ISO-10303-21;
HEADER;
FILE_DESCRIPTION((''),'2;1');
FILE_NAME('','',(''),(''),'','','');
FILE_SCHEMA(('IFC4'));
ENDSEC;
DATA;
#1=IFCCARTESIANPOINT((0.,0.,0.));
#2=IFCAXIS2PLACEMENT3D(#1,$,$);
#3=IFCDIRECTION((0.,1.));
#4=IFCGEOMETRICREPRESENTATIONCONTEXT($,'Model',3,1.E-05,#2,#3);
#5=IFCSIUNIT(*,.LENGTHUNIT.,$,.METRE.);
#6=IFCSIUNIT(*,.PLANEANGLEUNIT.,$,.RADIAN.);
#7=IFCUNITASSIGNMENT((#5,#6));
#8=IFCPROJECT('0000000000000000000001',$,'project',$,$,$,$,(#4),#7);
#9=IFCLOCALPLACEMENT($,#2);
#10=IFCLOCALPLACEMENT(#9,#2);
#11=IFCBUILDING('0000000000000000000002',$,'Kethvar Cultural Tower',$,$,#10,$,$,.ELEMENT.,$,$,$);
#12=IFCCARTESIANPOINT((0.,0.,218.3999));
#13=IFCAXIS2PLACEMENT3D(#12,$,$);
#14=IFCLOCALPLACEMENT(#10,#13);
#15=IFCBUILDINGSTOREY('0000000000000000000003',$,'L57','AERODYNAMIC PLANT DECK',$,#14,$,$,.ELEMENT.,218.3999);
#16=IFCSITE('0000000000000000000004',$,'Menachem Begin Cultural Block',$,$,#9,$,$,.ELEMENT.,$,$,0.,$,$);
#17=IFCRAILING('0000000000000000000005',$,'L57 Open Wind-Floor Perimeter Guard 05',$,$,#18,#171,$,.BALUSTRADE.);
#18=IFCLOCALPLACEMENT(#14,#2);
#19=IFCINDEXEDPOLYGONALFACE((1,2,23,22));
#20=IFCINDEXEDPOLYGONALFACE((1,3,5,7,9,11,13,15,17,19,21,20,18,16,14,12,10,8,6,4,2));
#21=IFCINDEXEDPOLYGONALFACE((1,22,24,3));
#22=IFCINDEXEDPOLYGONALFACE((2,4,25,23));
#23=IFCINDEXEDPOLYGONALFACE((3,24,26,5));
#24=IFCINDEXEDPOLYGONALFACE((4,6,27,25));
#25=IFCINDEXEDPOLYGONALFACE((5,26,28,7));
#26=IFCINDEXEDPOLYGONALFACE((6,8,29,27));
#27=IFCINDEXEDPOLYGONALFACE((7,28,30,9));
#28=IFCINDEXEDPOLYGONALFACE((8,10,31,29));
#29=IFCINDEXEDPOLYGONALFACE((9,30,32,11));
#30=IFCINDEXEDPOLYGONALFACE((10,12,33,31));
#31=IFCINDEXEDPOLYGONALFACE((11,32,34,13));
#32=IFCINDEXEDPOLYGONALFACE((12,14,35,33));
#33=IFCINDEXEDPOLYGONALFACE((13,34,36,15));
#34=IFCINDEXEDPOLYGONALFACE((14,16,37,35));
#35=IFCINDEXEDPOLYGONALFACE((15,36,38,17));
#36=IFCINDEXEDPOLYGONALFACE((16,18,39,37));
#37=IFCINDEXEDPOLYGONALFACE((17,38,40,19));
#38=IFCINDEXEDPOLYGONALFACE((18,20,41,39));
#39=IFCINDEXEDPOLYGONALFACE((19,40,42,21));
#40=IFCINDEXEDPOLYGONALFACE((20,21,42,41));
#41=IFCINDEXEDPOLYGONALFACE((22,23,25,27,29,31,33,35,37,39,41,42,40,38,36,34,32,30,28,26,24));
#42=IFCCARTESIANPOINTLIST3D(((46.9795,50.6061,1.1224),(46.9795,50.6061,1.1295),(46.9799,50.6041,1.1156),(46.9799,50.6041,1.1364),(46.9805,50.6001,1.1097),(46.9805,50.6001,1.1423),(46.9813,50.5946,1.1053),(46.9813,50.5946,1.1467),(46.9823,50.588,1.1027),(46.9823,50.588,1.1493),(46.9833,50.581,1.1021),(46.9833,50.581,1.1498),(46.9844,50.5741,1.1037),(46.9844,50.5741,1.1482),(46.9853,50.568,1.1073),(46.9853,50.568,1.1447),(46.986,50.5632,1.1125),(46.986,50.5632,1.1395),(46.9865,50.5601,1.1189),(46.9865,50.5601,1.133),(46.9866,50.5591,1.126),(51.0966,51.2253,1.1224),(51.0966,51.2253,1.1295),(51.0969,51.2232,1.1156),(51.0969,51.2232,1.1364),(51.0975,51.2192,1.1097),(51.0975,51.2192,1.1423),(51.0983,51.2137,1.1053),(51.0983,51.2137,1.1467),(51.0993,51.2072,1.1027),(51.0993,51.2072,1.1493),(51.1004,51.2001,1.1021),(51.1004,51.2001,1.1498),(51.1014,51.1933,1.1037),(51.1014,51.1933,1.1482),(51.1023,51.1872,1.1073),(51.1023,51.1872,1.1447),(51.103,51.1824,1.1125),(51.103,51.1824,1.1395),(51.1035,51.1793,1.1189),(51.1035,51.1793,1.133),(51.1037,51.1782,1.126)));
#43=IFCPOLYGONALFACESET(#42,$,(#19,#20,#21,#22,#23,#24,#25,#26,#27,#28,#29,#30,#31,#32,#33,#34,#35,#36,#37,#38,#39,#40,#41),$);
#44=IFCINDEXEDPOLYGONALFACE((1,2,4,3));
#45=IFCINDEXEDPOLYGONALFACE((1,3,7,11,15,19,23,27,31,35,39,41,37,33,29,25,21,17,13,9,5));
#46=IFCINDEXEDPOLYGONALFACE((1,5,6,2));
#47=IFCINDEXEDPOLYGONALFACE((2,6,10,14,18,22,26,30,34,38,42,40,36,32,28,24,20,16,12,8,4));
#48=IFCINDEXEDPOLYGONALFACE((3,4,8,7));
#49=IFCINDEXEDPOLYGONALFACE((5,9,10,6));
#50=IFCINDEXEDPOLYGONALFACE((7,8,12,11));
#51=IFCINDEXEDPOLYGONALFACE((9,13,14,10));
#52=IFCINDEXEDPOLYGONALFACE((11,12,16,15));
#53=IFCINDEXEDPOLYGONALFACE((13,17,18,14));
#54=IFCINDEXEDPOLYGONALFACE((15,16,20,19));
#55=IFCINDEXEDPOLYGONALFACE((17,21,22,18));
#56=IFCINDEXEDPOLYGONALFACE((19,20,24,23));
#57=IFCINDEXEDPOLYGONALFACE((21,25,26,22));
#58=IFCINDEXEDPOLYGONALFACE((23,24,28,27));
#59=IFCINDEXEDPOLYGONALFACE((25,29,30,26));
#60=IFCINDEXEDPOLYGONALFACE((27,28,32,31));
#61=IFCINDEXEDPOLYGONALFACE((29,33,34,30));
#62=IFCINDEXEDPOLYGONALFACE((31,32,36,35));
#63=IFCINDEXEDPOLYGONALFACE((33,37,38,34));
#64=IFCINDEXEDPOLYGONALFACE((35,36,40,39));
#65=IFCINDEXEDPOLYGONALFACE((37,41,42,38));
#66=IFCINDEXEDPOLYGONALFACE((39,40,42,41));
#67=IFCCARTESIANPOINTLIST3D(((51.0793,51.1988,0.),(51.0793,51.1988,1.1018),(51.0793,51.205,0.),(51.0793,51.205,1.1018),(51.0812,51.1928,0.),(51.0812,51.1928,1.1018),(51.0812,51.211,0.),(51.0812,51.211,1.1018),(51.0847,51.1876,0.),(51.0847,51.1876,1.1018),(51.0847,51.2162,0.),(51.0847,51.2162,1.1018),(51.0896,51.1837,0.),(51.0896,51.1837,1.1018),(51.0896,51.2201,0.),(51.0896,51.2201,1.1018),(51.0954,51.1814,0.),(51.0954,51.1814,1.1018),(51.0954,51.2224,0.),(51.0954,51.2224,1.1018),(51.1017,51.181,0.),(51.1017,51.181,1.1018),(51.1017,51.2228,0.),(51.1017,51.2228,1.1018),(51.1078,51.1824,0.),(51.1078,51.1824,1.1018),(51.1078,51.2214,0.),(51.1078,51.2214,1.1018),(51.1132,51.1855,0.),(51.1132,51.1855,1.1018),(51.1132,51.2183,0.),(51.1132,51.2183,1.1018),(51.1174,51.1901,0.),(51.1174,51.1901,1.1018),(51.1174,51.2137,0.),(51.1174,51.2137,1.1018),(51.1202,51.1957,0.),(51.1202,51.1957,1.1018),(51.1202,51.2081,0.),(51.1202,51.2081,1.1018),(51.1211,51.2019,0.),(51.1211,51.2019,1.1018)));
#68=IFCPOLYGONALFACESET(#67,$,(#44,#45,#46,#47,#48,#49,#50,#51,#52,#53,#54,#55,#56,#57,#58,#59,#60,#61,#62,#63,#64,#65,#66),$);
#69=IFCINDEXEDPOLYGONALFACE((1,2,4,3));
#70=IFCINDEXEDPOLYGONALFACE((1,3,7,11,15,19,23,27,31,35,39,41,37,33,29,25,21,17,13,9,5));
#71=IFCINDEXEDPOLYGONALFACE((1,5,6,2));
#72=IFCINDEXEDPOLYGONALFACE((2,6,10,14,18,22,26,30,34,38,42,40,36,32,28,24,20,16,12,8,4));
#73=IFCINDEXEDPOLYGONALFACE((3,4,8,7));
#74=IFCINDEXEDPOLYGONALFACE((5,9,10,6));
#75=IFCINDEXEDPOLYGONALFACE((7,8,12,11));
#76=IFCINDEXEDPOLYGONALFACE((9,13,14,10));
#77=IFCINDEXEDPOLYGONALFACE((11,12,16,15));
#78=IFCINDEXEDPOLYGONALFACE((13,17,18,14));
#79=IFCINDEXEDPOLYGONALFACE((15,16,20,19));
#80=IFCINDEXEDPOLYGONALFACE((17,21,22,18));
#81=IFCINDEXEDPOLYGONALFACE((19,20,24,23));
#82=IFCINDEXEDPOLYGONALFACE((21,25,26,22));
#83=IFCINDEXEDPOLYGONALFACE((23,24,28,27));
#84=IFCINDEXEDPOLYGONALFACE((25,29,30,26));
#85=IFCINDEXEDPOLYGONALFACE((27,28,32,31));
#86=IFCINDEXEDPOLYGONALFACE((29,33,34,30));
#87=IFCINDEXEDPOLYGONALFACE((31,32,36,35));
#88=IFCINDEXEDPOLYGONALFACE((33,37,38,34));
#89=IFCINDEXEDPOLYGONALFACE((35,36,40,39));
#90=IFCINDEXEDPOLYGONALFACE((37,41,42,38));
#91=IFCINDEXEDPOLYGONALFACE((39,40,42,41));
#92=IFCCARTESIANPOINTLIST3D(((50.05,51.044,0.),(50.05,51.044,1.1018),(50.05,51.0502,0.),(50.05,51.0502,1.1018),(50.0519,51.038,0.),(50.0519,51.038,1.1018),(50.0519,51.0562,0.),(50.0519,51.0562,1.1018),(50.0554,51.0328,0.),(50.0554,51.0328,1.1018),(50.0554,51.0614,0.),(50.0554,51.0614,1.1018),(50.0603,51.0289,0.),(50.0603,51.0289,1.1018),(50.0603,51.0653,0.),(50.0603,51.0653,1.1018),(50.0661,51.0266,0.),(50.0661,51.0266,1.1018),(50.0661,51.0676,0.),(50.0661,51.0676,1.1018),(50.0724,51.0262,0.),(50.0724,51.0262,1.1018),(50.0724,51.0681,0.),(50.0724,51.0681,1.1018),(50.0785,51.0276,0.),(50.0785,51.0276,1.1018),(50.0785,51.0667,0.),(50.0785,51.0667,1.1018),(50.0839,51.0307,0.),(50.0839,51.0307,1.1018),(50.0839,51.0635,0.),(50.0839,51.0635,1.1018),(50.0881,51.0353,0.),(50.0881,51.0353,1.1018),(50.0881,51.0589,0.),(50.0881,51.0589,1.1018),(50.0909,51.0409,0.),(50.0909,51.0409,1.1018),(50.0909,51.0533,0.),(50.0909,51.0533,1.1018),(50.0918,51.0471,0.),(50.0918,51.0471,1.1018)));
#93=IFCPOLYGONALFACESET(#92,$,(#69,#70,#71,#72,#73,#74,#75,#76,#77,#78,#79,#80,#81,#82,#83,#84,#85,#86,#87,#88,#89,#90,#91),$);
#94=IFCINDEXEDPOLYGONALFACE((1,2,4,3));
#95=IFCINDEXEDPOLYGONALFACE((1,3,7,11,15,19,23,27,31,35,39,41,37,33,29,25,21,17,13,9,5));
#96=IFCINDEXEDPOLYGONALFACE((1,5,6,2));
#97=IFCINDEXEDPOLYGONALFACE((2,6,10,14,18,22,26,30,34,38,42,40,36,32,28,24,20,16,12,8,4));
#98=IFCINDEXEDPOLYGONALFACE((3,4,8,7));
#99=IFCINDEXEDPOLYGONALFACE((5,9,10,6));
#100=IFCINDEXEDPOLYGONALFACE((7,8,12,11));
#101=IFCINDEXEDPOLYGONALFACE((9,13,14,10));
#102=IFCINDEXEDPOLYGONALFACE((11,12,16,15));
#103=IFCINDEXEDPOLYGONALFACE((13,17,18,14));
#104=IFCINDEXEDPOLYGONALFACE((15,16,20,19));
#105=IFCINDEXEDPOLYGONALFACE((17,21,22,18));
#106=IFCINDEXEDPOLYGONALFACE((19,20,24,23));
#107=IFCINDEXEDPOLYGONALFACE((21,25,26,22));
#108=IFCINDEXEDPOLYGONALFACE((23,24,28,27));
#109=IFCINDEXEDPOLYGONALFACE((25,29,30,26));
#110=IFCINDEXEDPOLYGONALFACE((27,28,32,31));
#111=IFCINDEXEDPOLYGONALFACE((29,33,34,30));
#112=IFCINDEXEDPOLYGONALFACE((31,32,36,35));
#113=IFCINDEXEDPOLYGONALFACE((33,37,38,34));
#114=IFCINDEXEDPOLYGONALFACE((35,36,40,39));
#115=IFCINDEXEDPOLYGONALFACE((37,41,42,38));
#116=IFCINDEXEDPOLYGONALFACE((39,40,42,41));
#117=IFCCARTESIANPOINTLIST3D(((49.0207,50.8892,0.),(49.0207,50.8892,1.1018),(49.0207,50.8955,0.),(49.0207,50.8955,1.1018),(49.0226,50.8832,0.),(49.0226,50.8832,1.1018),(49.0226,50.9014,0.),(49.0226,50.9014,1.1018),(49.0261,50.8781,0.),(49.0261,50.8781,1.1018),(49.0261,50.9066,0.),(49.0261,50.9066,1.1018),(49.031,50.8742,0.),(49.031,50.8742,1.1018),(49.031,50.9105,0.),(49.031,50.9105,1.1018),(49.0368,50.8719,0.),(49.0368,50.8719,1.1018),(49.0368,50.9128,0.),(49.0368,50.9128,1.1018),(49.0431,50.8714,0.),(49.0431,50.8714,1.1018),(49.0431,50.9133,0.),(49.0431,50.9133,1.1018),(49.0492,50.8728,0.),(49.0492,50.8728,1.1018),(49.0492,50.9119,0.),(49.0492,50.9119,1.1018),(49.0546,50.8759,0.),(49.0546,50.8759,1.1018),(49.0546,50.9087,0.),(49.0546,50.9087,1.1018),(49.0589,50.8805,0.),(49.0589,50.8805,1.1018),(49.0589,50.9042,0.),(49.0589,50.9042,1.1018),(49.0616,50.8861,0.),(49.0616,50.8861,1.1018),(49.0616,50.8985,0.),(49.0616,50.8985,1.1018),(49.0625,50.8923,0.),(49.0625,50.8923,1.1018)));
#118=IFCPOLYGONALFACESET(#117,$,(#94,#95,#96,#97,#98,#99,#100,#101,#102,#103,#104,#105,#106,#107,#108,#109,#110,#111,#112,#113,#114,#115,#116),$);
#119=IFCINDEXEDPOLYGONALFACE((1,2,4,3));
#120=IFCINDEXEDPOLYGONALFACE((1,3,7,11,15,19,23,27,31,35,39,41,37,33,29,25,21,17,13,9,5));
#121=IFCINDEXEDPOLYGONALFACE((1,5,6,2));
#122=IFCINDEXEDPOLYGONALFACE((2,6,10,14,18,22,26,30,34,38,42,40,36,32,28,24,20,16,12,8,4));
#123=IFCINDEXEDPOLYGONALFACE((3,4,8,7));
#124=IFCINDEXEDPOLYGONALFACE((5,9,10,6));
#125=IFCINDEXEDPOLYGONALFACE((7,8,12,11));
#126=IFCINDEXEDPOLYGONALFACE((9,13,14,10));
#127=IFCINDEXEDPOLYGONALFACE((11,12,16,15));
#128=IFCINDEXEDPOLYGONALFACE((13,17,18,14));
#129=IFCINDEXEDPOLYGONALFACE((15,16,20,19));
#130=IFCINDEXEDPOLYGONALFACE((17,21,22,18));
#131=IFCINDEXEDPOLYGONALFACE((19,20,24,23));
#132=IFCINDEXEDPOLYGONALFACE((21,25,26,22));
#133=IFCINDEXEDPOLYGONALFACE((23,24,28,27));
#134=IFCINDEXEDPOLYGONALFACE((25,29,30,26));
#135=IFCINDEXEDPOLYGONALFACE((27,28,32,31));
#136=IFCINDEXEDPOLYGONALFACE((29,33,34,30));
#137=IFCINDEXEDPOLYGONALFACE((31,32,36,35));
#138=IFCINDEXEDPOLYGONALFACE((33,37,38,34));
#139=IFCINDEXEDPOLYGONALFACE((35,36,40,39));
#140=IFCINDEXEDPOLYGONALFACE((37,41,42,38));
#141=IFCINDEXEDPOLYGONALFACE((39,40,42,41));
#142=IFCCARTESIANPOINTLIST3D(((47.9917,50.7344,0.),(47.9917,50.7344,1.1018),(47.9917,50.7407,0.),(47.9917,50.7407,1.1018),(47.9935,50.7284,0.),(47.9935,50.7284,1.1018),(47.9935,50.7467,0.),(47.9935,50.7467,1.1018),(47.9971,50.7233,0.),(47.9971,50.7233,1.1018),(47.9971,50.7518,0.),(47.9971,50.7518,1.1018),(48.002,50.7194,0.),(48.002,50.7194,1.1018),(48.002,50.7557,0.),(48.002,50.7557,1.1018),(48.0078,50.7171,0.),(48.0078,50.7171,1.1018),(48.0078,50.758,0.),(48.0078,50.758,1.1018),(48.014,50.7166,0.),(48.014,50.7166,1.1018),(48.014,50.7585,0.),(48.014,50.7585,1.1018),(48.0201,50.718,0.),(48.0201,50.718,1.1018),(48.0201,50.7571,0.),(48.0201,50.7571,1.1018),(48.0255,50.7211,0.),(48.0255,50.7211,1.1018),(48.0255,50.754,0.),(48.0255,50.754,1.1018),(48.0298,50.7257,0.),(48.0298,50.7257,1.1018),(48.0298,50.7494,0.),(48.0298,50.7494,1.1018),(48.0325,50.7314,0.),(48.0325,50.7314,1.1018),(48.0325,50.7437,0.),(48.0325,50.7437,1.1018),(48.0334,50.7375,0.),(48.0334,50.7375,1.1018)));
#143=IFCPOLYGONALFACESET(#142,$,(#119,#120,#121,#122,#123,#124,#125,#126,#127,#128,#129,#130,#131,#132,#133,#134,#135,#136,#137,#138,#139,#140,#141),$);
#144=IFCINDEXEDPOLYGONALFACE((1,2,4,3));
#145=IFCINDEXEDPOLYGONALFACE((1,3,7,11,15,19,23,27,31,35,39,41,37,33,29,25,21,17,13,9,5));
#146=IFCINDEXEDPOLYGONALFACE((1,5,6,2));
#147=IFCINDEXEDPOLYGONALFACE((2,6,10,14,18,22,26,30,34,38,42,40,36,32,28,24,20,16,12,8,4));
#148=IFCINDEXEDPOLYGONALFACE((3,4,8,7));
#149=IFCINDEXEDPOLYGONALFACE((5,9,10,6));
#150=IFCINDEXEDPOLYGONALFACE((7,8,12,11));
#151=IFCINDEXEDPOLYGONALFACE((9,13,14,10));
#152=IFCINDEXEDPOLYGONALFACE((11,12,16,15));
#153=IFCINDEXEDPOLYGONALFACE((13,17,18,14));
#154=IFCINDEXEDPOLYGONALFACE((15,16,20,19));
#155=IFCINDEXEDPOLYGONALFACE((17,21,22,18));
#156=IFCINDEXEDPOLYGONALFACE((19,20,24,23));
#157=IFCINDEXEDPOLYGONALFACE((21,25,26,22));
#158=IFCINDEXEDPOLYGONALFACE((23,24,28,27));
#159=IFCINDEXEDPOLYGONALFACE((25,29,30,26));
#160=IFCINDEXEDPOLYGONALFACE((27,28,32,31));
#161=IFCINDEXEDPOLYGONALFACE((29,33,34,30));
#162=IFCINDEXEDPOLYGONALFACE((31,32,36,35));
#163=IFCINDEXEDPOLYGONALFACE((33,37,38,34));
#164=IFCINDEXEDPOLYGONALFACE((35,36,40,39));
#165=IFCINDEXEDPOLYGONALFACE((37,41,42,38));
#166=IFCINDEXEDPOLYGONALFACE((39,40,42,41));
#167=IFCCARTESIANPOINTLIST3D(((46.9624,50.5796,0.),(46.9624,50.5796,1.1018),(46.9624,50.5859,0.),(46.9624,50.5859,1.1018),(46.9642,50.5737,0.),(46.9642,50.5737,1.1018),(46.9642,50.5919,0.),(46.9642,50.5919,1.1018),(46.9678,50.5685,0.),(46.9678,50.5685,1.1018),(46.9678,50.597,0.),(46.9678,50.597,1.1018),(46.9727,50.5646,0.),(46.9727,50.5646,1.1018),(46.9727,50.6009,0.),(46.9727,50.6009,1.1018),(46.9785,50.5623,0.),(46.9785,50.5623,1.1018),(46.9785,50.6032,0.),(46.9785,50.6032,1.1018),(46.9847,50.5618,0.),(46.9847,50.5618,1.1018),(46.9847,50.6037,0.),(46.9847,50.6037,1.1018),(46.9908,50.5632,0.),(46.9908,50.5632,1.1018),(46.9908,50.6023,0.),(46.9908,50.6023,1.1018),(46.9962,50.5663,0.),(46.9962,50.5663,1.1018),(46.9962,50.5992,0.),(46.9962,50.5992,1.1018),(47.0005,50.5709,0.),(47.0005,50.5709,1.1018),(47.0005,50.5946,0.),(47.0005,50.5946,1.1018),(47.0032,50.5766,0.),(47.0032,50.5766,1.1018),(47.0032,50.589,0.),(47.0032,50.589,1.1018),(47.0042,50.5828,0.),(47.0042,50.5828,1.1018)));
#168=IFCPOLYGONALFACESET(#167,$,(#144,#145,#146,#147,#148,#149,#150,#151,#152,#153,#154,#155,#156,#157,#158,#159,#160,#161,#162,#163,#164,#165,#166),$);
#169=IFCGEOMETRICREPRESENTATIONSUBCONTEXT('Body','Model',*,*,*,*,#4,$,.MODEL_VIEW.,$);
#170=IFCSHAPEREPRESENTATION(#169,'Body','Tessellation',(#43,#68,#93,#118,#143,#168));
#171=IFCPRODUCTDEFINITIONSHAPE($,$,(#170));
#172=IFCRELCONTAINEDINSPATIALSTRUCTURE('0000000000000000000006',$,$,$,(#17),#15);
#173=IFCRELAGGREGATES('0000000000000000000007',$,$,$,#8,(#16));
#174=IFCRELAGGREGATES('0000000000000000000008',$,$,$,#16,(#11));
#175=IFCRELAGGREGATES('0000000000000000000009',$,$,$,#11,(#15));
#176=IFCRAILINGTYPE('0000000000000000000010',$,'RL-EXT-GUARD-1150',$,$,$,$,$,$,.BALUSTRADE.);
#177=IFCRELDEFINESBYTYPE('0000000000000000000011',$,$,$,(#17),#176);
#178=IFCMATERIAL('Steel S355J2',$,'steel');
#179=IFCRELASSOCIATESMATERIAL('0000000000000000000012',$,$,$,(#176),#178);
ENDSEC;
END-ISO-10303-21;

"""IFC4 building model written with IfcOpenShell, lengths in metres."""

from ifc_helpers import new_model, si_unit, direction, frame, origin, origin_2d, place, context, subcontext, project, spatial, circle, extrude, material, type_object, element, save


model = new_model("IFC4")

# Units and contexts
model_context = context("Model", 3, precision=1e-05, world=origin(), true_north=direction((0.0, 1.0)))
body_context = subcontext(model_context, "Body", "Model", "MODEL_VIEW")
ifc_project = project(units=[si_unit("LENGTHUNIT", "METRE"), si_unit("PLANEANGLEUNIT", "RADIAN")], contexts=[model_context])

# Site, building, storey
site_placement = place(None, origin())
site = spatial("IfcSite", under=ifc_project, at=site_placement, Name="Menachem Begin Cultural Block", CompositionType="ELEMENT", RefElevation=0.0)
building_placement = place(site_placement, origin())
building = spatial("IfcBuilding", under=site, at=building_placement, Name="Kethvar Cultural Tower", CompositionType="ELEMENT")
storey_placement = place(building_placement, frame((0.0, 0.0, 218.3999)))
storey = spatial("IfcBuildingStorey", under=building, at=storey_placement, Name="L57", Description="AERODYNAMIC PLANT DECK", CompositionType="ELEMENT", Elevation=218.3999)

# Shared definitions
ifc_material_1 = material(Name="Steel S355J2", Category="steel")

# Railing
railing_type_1 = type_object("IfcRailingType", Name="RL-EXT-GUARD-1150", PredefinedType="BALUSTRADE", material=ifc_material_1)
railing_1_placement = place(storey_placement, frame((51.1001, 51.2019, 0.0)))
element("IfcRailing", 1, at=railing_1_placement, inside=storey, type_object=railing_type_1, Name="L57 Open Wind-Floor Perimeter Guard 05", PredefinedType="BALUSTRADE", context=body_context, shape_type="SweptSolid", body=[
    extrude(circle(Radius=0.0239, at=origin_2d()), frame((0.0, 0.0, 1.126), z_axis=(-0.98888, -0.148716, 0.0), x_axis=(0.148716, -0.98888, 0.0)), (0.0, 0.0, 1.0), 4.1633),
    extrude(circle(Radius=0.021, at=origin_2d()), origin(), (0.0, 0.0, 1.0), 1.1018),
    extrude(circle(Radius=0.021, at=origin_2d()), frame((-1.0293, -0.1548, 0.0)), (0.0, 0.0, 1.0), 1.1018),
    extrude(circle(Radius=0.021, at=origin_2d()), frame((-2.0586, -0.3096, 0.0)), (0.0, 0.0, 1.0), 1.1018),
    extrude(circle(Radius=0.021, at=origin_2d()), frame((-3.0876, -0.4644, 0.0)), (0.0, 0.0, 1.0), 1.1018),
    extrude(circle(Radius=0.021, at=origin_2d()), frame((-4.1169, -0.6191, 0.0)), (0.0, 0.0, 1.0), 1.1018),
])

save(model, "model.ifc")
